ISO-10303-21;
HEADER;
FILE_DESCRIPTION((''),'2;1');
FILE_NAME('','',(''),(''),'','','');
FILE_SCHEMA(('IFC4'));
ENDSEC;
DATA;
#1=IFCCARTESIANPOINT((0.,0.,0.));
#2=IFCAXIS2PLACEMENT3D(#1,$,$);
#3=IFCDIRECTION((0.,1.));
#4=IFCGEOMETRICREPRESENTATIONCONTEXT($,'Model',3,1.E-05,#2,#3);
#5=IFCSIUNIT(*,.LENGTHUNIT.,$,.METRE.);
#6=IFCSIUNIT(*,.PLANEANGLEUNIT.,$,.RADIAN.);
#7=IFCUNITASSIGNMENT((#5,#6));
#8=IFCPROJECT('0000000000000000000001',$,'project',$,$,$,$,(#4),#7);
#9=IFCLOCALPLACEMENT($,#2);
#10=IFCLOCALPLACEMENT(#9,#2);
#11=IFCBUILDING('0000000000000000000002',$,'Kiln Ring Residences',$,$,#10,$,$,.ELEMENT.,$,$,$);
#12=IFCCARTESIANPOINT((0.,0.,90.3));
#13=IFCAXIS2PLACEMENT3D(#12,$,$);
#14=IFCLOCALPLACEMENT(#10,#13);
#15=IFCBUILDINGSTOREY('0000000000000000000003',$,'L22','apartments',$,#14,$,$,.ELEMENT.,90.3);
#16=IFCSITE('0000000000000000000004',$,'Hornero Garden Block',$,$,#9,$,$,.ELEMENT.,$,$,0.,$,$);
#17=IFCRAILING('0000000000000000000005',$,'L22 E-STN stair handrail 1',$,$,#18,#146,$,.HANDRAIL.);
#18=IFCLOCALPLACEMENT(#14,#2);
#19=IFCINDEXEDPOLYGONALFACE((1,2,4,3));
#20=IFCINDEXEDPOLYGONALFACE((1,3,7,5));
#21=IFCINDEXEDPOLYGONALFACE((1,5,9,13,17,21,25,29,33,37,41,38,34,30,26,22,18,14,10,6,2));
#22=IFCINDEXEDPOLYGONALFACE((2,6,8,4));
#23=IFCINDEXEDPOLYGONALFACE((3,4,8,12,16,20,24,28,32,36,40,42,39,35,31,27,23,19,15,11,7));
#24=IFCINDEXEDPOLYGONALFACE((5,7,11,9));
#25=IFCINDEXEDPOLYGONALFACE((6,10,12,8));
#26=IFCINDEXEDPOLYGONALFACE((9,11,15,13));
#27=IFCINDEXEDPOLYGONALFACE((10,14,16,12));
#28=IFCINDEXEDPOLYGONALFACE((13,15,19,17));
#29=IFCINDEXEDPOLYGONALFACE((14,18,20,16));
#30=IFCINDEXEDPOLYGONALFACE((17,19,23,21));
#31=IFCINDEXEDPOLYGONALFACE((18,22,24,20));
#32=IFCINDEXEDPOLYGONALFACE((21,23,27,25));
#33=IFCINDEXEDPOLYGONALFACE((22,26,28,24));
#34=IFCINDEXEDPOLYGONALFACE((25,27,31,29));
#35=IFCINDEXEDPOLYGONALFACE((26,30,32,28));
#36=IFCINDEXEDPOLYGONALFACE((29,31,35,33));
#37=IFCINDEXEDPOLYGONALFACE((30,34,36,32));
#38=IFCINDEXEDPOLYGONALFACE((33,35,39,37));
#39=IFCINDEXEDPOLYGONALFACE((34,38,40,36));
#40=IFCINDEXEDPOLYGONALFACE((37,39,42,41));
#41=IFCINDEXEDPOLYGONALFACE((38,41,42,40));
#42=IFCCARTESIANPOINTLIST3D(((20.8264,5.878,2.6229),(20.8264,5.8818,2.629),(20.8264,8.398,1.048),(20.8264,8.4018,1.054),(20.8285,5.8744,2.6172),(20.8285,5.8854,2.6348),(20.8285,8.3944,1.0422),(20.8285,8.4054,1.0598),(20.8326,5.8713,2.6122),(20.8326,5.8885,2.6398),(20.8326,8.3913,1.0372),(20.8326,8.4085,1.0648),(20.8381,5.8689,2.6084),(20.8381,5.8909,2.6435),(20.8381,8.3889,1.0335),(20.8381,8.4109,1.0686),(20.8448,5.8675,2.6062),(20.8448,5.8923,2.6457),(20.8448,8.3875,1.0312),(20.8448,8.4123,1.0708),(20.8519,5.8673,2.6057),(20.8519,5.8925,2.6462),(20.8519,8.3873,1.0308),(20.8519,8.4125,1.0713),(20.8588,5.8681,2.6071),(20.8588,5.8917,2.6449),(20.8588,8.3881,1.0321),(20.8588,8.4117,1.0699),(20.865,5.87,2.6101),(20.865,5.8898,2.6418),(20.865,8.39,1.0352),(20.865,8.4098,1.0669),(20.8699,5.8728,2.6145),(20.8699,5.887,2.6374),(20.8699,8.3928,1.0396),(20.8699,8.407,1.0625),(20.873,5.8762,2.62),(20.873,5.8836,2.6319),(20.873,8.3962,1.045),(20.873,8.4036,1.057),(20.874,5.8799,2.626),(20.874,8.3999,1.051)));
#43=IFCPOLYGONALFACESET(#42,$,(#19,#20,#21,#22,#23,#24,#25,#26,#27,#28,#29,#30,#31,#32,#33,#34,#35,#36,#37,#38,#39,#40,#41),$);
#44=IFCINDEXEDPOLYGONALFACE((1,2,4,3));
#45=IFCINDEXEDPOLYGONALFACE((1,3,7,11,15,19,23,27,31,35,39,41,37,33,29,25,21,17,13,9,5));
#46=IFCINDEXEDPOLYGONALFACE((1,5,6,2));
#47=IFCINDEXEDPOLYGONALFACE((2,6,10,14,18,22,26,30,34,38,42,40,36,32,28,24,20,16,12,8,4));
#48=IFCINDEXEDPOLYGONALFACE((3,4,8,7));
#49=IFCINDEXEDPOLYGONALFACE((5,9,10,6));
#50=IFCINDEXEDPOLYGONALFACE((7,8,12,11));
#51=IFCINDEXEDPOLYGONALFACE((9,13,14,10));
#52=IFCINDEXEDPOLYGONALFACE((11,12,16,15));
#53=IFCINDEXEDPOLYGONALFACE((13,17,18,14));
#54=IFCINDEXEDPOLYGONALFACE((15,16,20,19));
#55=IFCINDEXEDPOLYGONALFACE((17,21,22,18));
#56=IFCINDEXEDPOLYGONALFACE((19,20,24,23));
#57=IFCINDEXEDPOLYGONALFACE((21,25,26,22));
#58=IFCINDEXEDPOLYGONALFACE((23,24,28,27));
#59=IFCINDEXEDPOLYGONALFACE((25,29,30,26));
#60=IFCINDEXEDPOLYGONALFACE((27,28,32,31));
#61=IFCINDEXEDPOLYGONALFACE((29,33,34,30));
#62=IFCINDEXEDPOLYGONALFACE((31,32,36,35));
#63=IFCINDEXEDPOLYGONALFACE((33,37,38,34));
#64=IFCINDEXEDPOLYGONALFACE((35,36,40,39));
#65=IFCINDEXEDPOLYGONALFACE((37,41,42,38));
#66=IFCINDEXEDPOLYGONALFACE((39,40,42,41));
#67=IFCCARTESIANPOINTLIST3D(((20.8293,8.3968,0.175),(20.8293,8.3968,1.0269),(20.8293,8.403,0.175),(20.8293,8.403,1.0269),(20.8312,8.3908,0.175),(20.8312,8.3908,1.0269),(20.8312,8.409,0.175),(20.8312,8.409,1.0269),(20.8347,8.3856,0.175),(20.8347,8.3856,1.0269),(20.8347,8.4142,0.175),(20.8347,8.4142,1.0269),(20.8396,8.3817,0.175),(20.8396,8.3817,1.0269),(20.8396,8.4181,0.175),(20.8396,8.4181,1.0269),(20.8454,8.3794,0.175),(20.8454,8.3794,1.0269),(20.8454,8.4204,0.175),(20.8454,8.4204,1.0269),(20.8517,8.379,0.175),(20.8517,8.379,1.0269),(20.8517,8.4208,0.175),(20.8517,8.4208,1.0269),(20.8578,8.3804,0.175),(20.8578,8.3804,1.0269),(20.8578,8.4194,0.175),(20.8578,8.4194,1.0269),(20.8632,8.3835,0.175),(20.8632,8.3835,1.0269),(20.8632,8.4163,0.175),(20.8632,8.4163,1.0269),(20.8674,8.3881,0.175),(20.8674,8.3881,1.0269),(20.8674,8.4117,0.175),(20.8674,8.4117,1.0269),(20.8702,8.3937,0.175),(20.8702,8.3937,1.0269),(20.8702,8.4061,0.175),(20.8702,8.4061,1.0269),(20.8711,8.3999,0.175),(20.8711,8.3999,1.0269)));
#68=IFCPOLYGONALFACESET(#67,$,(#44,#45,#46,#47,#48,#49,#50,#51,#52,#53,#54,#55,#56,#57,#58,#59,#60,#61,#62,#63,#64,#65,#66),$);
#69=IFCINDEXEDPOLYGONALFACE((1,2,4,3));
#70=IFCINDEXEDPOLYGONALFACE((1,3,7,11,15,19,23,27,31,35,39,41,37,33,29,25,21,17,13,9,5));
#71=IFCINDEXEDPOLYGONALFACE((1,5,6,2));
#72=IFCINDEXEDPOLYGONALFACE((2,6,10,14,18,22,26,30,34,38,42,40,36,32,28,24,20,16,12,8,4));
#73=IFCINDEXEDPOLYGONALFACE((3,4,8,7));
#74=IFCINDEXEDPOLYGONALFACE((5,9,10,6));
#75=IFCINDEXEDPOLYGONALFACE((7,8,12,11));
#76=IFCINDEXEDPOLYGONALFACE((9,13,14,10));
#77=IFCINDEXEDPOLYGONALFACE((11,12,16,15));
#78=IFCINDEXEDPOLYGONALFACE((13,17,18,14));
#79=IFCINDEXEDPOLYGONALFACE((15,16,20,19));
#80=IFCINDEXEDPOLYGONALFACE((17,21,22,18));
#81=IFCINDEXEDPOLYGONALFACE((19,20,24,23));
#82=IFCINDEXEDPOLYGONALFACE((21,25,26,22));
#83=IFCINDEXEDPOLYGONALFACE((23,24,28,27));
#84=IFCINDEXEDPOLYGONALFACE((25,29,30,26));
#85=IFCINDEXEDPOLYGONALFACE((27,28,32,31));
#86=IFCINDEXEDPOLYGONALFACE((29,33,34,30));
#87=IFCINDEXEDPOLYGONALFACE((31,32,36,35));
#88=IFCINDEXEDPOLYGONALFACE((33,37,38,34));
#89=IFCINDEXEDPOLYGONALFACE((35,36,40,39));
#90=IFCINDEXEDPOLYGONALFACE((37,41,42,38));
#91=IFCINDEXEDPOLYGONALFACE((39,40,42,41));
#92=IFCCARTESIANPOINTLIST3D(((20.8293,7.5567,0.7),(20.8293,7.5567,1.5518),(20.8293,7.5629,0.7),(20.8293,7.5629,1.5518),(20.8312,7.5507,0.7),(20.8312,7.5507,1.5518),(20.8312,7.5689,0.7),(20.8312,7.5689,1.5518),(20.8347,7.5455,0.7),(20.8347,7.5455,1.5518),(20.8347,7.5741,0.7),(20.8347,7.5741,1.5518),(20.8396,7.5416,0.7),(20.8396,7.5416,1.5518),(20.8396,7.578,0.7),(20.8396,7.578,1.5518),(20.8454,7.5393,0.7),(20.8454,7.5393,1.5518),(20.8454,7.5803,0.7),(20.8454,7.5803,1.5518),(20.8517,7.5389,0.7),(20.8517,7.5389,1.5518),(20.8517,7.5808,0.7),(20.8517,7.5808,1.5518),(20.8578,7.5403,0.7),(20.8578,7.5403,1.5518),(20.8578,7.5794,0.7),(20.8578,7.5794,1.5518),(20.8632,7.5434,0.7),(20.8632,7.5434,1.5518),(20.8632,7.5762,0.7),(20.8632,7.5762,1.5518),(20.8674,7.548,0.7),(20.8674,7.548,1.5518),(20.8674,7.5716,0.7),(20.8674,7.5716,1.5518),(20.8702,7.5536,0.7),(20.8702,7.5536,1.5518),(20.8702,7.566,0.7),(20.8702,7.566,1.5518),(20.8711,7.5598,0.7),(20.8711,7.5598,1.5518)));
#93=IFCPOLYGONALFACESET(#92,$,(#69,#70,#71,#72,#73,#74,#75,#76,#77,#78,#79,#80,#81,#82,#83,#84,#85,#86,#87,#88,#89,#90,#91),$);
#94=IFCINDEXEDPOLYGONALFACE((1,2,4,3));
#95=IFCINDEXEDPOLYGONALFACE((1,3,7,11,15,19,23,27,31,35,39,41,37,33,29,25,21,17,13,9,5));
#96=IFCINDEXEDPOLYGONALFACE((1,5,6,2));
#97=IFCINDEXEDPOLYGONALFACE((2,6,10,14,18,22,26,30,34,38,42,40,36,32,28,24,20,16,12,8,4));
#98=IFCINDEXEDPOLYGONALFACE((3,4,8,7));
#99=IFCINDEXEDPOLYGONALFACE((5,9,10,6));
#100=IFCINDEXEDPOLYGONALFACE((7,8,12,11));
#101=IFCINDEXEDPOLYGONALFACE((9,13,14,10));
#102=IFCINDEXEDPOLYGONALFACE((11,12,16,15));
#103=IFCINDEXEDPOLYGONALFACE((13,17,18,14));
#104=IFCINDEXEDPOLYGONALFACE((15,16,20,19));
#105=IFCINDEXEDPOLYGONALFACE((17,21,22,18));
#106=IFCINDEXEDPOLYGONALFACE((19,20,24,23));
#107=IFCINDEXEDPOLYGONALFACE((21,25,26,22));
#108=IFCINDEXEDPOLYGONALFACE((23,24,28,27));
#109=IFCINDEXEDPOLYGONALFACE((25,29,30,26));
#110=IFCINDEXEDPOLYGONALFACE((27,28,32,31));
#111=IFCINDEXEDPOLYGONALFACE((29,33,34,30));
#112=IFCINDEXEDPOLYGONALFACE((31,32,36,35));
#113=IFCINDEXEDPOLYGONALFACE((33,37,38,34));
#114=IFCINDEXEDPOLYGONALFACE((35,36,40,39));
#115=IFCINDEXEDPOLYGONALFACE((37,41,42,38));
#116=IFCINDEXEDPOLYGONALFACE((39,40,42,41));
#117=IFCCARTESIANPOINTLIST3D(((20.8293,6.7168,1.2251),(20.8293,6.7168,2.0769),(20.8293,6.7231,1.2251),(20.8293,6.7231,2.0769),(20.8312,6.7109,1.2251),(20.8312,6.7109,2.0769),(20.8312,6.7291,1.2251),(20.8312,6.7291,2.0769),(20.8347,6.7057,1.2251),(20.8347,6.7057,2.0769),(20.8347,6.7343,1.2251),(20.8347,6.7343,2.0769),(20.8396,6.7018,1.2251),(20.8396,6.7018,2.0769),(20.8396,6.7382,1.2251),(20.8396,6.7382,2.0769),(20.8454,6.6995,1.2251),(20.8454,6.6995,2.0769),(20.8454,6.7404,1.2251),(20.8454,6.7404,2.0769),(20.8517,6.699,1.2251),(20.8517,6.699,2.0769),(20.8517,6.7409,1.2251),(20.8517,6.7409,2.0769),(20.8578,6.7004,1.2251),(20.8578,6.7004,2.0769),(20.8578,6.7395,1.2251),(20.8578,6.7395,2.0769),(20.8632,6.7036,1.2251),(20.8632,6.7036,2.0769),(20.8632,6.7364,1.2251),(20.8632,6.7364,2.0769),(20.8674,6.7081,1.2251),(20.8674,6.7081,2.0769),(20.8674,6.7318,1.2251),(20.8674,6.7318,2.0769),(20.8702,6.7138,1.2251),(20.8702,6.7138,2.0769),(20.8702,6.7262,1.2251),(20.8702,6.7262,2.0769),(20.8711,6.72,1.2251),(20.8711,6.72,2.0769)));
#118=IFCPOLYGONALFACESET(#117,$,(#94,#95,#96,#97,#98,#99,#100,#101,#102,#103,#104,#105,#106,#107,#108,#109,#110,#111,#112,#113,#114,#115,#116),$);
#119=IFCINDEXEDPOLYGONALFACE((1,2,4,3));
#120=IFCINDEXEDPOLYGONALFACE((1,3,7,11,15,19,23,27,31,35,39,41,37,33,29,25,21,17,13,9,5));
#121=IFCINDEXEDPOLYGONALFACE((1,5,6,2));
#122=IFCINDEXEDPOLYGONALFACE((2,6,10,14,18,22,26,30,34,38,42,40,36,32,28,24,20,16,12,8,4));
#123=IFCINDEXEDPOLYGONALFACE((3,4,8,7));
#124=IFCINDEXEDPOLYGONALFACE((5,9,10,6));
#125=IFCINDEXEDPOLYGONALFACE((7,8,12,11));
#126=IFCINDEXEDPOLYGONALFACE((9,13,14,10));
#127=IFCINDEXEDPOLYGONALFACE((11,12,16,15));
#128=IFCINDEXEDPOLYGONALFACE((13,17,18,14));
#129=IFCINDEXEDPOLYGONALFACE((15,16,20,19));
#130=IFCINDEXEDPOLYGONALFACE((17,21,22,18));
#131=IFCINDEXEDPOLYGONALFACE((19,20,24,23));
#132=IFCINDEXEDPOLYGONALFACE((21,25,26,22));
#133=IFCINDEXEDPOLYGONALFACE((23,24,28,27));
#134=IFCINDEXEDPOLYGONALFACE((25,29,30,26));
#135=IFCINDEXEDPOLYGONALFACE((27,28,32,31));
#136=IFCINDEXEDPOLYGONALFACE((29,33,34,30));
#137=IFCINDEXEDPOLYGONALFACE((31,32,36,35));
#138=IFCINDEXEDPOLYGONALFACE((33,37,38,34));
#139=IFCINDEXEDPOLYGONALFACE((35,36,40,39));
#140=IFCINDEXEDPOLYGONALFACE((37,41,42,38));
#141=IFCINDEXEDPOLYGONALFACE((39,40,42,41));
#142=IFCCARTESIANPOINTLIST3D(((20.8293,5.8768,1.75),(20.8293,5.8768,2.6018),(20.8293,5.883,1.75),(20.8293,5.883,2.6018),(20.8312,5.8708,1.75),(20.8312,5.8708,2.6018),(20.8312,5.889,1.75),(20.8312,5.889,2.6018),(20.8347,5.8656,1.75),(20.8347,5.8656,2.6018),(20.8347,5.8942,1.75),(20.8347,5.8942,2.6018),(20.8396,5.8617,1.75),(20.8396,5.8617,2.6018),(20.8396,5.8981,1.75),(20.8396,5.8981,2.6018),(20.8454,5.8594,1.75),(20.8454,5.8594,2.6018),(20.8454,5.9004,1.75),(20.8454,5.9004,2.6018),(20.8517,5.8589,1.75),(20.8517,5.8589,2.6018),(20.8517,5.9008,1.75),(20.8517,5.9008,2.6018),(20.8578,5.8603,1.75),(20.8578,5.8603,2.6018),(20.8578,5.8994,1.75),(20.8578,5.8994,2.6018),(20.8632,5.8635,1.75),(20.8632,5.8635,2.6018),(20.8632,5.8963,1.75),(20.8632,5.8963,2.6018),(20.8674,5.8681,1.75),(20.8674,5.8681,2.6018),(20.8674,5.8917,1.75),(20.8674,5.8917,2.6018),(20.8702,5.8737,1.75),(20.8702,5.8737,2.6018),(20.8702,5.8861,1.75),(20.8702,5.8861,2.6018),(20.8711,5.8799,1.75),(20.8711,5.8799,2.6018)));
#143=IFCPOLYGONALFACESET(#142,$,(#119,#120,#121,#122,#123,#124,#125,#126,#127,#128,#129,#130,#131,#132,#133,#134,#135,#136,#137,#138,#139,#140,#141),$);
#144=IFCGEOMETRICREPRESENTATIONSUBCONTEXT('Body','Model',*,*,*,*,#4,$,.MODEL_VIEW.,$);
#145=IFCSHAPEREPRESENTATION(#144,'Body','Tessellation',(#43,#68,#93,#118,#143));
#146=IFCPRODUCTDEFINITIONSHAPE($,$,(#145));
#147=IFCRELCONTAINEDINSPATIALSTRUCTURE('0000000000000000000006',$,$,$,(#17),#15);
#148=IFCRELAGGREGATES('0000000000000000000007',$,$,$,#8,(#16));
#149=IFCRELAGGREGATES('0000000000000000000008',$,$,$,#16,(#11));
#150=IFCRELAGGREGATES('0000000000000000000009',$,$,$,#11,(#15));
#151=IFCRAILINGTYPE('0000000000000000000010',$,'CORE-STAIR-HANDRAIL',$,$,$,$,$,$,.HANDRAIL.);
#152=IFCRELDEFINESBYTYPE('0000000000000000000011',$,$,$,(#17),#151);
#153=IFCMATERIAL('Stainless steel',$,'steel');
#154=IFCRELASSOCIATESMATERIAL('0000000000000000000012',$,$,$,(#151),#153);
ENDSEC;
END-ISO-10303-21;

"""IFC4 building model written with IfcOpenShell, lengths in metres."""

from ifc_helpers import new_model, si_unit, direction, frame, origin, origin_2d, place, context, subcontext, project, spatial, circle, extrude, material, type_object, element, save


model = new_model("IFC4")

# Units and contexts
model_context = context("Model", 3, precision=1e-05, world=origin(), true_north=direction((0.0, 1.0)))
body_context = subcontext(model_context, "Body", "Model", "MODEL_VIEW")
ifc_project = project(units=[si_unit("LENGTHUNIT", "METRE"), si_unit("PLANEANGLEUNIT", "RADIAN")], contexts=[model_context])

# Site, building, storey
site_placement = place(None, origin())
site = spatial("IfcSite", under=ifc_project, at=site_placement, Name="Hornero Garden Block", CompositionType="ELEMENT", RefElevation=0.0)
building_placement = place(site_placement, origin())
building = spatial("IfcBuilding", under=site, at=building_placement, Name="Kiln Ring Residences", CompositionType="ELEMENT")
storey_placement = place(building_placement, frame((0.0, 0.0, 90.3)))
storey = spatial("IfcBuildingStorey", under=building, at=storey_placement, Name="L22", Description="apartments", CompositionType="ELEMENT", Elevation=90.3)

# Railing
ifc_material_1 = material(Name="Stainless steel", Category="steel")
railing_type_1 = type_object("IfcRailingType", Name="CORE-STAIR-HANDRAIL", PredefinedType="HANDRAIL", material=ifc_material_1)
railing_1_placement = place(storey_placement, frame((20.8501, 8.3999, 0.175)))
element("IfcRailing", 1, at=railing_1_placement, inside=storey, type_object=railing_type_1, Name="L22 E-STN stair handrail 1", PredefinedType="HANDRAIL", context=body_context, shape_type="SweptSolid", body=[
    extrude(circle(Radius=0.0239, at=origin_2d()), frame((0.0, 0.0, 0.876), z_axis=(0.0, -0.848008, 0.529984), x_axis=(1.0, 0.0, 0.0)), (0.0, 0.0, 1.0), 2.9717),
    extrude(circle(Radius=0.021, at=origin_2d()), origin(), (0.0, 0.0, 1.0), 0.8518),
    extrude(circle(Radius=0.021, at=origin_2d()), frame((0.0, -0.8401, 0.5249)), (0.0, 0.0, 1.0), 0.8518),
    extrude(circle(Radius=0.021, at=origin_2d()), frame((0.0, -1.6799, 1.05)), (0.0, 0.0, 1.0), 0.8518),
    extrude(circle(Radius=0.021, at=origin_2d()), frame((0.0, -2.52, 1.575)), (0.0, 0.0, 1.0), 0.8518),
])

save(model, "model.ifc")
